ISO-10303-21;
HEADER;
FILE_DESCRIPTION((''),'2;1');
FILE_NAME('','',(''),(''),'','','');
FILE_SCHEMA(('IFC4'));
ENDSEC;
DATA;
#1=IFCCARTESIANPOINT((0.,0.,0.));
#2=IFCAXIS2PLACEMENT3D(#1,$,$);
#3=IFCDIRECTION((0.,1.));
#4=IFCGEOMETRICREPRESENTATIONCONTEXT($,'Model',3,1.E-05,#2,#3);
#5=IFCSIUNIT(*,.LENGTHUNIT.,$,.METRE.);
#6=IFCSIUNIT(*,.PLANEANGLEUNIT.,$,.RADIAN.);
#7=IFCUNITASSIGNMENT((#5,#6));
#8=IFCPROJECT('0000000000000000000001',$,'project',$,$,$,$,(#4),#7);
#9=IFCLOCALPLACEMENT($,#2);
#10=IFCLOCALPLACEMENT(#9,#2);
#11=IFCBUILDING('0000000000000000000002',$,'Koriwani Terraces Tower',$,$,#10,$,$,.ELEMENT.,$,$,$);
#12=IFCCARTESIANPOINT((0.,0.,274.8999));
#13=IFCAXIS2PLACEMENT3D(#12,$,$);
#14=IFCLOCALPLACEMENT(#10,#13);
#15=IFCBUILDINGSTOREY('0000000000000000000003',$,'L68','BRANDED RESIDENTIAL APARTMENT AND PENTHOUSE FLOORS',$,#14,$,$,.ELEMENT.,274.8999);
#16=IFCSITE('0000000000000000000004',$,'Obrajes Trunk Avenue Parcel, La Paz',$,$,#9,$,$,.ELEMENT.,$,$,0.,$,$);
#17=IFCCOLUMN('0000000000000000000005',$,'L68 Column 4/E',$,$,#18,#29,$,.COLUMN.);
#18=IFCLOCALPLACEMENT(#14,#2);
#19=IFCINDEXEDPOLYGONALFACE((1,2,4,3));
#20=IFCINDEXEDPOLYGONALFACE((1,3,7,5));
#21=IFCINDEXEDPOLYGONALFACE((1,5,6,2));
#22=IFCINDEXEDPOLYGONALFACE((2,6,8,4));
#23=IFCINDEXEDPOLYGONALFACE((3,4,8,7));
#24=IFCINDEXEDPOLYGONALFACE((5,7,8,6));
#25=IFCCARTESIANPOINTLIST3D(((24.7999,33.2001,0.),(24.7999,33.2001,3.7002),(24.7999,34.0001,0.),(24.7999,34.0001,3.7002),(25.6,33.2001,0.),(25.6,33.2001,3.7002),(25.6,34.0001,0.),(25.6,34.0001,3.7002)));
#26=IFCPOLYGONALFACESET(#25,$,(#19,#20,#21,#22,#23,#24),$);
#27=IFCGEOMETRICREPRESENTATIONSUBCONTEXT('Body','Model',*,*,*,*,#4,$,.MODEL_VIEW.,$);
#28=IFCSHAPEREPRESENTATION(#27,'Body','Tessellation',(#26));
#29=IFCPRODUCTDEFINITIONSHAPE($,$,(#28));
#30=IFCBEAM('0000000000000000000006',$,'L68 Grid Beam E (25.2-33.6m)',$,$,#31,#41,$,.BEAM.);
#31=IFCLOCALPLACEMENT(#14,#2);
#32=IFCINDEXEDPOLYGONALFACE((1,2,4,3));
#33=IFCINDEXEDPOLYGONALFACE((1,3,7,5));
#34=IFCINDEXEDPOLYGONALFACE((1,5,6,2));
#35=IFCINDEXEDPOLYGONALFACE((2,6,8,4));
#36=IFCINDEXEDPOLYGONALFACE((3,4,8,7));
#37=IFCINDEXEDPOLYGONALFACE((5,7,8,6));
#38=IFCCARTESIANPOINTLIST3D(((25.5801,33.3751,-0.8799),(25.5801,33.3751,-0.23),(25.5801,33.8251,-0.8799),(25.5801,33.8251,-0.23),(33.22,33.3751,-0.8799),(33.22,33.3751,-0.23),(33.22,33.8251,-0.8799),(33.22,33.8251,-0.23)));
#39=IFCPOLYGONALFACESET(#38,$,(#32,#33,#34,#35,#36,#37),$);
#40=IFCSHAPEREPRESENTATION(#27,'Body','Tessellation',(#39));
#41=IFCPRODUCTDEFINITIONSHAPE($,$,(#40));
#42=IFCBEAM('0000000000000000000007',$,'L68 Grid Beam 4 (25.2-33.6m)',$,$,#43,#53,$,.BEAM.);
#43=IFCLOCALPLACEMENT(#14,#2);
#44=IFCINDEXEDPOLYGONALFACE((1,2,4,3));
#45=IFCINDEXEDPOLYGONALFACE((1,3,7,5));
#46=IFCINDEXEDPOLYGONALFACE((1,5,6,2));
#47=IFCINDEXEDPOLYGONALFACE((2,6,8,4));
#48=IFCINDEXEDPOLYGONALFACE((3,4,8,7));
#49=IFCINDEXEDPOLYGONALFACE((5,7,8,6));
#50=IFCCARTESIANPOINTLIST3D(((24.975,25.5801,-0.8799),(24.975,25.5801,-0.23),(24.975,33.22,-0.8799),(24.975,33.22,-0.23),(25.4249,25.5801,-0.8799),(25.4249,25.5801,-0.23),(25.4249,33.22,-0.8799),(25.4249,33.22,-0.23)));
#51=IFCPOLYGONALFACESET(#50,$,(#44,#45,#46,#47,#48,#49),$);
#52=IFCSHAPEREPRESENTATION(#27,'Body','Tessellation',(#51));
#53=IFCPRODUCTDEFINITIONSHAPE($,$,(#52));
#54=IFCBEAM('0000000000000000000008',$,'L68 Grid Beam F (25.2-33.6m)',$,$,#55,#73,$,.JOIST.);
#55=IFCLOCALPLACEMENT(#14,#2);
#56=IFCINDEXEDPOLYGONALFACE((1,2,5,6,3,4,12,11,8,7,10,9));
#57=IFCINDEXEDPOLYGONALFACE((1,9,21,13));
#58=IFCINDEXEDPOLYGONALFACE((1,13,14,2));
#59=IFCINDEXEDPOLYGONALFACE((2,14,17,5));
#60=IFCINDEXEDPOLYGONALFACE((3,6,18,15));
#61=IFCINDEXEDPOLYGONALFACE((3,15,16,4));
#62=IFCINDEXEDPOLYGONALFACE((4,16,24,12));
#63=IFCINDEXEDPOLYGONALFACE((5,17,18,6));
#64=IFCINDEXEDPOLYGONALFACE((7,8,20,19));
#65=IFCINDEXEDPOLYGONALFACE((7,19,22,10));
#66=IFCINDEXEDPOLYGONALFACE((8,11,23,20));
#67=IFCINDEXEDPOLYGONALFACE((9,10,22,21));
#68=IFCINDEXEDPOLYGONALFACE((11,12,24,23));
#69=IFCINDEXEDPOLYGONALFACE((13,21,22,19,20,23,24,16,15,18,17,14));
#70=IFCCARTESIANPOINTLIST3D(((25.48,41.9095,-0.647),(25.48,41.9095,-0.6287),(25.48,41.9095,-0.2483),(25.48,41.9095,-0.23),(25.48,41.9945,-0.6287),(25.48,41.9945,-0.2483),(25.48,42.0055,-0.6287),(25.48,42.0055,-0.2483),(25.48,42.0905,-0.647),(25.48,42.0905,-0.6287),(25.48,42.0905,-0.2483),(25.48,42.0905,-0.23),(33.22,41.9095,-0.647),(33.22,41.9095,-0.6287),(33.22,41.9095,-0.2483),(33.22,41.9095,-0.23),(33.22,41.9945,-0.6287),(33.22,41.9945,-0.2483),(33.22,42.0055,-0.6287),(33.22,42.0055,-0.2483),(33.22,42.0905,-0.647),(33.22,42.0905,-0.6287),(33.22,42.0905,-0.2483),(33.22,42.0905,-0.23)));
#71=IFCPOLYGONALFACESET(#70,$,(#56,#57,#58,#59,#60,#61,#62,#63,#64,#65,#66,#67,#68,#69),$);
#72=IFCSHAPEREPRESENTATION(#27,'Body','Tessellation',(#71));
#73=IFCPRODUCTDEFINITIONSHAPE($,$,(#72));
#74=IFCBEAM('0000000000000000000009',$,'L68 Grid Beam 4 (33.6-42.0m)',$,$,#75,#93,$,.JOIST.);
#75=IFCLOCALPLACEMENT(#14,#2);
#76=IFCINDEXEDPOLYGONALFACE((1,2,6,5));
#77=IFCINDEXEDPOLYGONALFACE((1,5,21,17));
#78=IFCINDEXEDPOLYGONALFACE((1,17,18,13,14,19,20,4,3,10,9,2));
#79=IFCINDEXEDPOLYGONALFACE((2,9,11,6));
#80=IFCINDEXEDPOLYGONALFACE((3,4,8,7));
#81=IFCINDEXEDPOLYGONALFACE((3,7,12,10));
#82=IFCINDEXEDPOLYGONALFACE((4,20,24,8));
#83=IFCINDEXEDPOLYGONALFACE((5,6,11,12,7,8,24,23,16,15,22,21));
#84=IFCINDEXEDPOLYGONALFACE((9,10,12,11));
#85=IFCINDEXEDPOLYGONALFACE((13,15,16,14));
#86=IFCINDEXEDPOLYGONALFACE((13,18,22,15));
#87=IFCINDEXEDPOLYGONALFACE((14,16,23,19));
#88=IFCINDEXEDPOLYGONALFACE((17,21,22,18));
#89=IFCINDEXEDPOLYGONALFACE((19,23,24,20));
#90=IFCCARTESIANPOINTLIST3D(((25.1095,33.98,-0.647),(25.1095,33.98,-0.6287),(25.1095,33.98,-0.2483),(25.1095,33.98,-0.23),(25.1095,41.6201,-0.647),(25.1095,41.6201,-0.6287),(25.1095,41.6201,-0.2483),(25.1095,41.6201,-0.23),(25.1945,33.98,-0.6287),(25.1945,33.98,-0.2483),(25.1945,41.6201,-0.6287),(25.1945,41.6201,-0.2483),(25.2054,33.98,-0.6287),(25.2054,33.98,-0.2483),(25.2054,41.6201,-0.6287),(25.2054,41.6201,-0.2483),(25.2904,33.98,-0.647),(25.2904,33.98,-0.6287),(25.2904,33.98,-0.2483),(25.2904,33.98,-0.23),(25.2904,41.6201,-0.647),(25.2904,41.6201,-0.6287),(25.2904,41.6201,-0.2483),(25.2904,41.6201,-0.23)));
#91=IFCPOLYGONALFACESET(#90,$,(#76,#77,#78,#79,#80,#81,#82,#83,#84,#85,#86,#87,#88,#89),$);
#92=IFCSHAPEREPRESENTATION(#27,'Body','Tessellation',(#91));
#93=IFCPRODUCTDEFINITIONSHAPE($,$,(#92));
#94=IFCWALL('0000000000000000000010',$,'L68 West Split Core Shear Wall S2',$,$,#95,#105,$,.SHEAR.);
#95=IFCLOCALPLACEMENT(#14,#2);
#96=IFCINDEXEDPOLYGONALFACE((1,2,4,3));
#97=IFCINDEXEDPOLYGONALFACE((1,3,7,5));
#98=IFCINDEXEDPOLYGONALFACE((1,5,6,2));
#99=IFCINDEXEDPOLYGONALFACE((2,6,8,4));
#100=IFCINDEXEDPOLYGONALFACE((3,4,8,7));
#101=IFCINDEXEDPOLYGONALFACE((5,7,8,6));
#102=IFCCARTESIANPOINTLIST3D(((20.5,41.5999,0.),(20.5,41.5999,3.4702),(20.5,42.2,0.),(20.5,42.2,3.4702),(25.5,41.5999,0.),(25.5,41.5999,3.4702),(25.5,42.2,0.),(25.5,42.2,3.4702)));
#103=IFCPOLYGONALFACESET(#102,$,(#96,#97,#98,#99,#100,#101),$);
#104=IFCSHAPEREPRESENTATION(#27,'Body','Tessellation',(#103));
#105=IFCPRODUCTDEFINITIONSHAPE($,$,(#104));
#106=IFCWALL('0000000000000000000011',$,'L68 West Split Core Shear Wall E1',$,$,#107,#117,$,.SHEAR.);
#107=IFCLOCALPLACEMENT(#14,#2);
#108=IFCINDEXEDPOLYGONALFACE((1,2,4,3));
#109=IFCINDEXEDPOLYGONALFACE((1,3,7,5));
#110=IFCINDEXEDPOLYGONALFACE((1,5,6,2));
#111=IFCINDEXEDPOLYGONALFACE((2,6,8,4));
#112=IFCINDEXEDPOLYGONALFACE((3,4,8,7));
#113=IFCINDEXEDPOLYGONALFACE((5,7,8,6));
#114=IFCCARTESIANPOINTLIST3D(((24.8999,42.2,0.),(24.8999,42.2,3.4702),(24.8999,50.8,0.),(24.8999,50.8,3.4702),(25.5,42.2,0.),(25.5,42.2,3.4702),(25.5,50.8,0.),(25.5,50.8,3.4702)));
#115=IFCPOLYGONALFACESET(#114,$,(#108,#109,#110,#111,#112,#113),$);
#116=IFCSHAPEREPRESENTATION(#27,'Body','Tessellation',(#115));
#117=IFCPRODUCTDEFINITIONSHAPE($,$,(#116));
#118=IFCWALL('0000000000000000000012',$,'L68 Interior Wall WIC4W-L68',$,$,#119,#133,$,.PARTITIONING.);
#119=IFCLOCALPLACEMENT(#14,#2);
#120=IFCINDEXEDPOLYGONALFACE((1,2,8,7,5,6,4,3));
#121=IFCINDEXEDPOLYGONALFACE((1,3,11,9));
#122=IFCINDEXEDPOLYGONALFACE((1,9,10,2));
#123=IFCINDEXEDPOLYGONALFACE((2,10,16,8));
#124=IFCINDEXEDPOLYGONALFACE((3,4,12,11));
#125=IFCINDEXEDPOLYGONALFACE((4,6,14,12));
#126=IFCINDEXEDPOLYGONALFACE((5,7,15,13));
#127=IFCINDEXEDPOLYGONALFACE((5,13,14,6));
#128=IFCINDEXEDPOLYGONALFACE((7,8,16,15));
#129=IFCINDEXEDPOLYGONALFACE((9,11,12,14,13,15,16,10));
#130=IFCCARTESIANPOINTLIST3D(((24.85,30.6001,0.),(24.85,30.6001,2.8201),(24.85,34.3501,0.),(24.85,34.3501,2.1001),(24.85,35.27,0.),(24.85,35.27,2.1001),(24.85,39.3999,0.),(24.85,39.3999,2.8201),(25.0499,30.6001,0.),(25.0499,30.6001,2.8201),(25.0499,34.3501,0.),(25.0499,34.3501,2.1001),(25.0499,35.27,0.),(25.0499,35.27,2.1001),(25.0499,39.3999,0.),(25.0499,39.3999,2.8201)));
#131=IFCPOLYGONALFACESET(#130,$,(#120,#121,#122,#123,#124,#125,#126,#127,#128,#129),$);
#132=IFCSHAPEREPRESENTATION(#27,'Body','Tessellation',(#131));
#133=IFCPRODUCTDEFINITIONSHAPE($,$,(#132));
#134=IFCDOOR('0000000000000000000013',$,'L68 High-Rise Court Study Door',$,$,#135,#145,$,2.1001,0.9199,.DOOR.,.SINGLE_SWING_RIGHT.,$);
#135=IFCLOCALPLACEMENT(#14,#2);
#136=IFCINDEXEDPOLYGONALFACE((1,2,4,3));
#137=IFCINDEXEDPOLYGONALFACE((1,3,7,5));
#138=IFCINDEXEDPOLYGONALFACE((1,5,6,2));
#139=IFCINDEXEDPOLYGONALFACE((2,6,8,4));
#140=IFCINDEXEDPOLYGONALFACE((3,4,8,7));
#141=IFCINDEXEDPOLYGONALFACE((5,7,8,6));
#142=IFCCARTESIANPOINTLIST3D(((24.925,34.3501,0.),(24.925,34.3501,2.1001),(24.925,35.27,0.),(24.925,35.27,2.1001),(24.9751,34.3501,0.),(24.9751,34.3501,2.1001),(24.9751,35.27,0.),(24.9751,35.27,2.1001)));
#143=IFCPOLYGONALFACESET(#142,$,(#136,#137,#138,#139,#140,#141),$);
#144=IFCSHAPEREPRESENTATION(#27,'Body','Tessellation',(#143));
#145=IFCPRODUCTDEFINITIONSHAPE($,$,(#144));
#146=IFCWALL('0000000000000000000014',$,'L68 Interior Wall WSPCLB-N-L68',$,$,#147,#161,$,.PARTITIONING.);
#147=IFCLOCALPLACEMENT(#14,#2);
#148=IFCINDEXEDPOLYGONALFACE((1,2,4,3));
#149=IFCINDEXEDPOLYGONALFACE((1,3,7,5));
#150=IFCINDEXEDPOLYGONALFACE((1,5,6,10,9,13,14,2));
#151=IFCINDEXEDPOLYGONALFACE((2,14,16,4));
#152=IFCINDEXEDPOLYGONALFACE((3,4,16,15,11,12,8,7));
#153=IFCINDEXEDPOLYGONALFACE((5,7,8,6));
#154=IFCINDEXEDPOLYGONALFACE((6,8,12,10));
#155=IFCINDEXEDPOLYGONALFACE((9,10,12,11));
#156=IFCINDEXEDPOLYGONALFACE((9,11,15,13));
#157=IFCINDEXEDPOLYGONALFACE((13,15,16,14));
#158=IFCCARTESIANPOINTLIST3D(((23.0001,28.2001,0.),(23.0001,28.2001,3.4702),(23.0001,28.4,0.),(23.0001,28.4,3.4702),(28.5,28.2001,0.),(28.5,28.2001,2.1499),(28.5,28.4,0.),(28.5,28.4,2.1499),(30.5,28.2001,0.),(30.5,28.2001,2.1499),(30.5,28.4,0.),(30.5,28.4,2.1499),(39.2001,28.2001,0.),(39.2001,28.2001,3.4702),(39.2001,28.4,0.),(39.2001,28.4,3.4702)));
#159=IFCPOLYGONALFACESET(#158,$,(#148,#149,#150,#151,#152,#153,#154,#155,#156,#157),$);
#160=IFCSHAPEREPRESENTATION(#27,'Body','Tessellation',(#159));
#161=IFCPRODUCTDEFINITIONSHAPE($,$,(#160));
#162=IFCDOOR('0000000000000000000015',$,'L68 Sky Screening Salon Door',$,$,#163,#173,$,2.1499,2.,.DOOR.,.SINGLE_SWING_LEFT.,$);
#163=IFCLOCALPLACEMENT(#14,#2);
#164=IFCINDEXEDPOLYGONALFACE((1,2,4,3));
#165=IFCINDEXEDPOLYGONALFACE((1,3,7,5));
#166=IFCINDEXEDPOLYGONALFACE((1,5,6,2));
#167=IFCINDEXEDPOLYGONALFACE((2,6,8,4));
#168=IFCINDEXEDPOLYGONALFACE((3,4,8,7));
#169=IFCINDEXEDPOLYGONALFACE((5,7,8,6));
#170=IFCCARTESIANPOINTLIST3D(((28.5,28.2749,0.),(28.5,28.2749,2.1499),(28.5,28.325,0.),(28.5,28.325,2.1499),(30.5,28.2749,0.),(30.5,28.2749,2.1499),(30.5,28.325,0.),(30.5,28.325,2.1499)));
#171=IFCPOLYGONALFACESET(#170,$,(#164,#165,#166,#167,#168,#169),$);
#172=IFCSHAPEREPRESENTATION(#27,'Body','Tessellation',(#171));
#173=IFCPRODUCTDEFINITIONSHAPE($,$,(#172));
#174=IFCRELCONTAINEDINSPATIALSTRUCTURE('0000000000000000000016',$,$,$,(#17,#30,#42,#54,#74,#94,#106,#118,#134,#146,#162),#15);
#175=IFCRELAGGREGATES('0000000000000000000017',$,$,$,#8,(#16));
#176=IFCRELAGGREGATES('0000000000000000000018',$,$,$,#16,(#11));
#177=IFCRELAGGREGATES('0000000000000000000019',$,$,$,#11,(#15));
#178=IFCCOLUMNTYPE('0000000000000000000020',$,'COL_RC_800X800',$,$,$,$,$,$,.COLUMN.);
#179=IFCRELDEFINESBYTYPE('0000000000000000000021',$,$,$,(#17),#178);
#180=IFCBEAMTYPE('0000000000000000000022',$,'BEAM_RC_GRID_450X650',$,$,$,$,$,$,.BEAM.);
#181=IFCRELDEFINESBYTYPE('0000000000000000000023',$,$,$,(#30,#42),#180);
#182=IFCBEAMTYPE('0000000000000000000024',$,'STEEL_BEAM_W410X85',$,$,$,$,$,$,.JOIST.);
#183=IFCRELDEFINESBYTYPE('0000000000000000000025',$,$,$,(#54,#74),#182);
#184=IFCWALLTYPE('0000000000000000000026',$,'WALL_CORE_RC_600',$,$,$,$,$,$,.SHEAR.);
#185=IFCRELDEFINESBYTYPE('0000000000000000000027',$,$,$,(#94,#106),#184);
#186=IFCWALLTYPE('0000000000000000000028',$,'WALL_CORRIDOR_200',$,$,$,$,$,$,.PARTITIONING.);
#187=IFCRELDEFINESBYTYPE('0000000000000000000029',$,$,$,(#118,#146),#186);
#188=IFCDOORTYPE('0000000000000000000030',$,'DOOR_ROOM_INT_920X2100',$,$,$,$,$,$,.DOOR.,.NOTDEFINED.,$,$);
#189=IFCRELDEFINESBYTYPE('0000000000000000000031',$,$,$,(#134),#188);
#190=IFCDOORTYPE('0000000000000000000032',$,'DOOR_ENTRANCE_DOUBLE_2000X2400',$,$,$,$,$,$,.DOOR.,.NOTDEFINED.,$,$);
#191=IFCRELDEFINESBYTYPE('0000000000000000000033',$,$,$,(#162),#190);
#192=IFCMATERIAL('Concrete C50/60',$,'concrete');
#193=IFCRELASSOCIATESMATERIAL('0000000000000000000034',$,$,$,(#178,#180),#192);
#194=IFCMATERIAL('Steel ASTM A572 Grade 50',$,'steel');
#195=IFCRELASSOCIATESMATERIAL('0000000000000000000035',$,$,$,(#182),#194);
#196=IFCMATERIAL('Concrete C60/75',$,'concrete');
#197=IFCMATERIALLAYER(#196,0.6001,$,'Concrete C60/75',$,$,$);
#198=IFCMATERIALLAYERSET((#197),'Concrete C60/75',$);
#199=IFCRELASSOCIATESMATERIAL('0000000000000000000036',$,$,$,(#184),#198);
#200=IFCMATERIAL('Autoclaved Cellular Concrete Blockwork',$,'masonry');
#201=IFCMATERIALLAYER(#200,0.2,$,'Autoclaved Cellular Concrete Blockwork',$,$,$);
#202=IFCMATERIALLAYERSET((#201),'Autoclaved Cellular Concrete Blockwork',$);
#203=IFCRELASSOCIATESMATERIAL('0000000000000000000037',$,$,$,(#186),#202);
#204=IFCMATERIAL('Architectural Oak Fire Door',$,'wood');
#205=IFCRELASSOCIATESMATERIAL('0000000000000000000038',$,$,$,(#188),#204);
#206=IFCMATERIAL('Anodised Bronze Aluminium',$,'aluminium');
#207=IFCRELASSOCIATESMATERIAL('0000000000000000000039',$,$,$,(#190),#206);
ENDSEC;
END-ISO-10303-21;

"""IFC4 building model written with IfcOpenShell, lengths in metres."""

from ifc_helpers import new_model, si_unit, direction, frame, frame_2d, origin, origin_2d, place, context, subcontext, project, spatial, rectangle, i_section, extrude, material, layer, layer_set, material_profile, profile_set, type_object, element, fill, save


model = new_model("IFC4")

# Units and contexts
model_context = context("Model", 3, precision=1e-05, world=origin(), true_north=direction((0.0, 1.0)))
body_context = subcontext(model_context, "Body", "Model", "MODEL_VIEW")
ifc_project = project(units=[si_unit("LENGTHUNIT", "METRE"), si_unit("PLANEANGLEUNIT", "RADIAN")], contexts=[model_context])

# Site, building, storey
site_placement = place(None, origin())
site = spatial("IfcSite", under=ifc_project, at=site_placement, Name="Obrajes Trunk Avenue Parcel, La Paz", CompositionType="ELEMENT", RefElevation=0.0)
building_placement = place(site_placement, origin())
building = spatial("IfcBuilding", under=site, at=building_placement, Name="Koriwani Terraces Tower", CompositionType="ELEMENT")
storey_placement = place(building_placement, frame((0.0, 0.0, 274.8999)))
storey = spatial("IfcBuildingStorey", under=building, at=storey_placement, Name="L68", Description="BRANDED RESIDENTIAL APARTMENT AND PENTHOUSE FLOORS", CompositionType="ELEMENT", Elevation=274.8999)

# Column
ifc_material_1 = material(Name="Concrete C50/60", Category="concrete")
ifc_material_profile_1 = material_profile(ifc_material_1, rectangle(XDim=0.8, YDim=0.8, at=origin_2d()), Name="Concrete C50/60", Category="LoadBearing")
ifc_profile_set_1 = profile_set([ifc_material_profile_1], Name="Concrete C50/60")
column_type = type_object("IfcColumnType", Name="COL_RC_800X800", PredefinedType="COLUMN", material=ifc_profile_set_1)
column_placement = place(storey_placement, frame((25.2, 33.6001, 0.0), z_axis=(0.0, 0.0, 1.0), x_axis=(1.0, 0.0, 0.0)))
element("IfcColumn", 1, at=column_placement, inside=storey, type_object=column_type, Name="L68 Column 4/E", PredefinedType="COLUMN", context=body_context, shape_type="SweptSolid", body=[
    extrude(rectangle(XDim=0.8, YDim=0.8, at=origin_2d()), origin(), (0.0, 0.0, 1.0), 3.7002),
])

# Beams
ifc_material_profile_2 = material_profile(ifc_material_1, rectangle(XDim=0.45, YDim=0.6499, at=origin_2d()), Name="Concrete C50/60", Category="LoadBearing")
ifc_profile_set_2 = profile_set([ifc_material_profile_2], Name="Concrete C50/60")
beam_type_1 = type_object("IfcBeamType", Name="BEAM_RC_GRID_450X650", PredefinedType="BEAM", material=ifc_profile_set_2)
for number, where, z_axis, x_axis, name in (
    (2, (25.5801, 33.6001, -0.5549), (1.0, 0.0, 0.0), (0.0, 1.0, 0.0), "L68 Grid Beam E (25.2-33.6m)"),
    (3, (25.2, 25.5801, -0.5549), (0.0, 1.0, 0.0), (-1.0, 0.0, 0.0), "L68 Grid Beam 4 (25.2-33.6m)"),
):
    element("IfcBeam", number, at=place(storey_placement, frame(where, z_axis=z_axis, x_axis=x_axis)), inside=storey, type_object=beam_type_1, Name=name, PredefinedType="BEAM", context=body_context, shape_type="SweptSolid", body=[
        extrude(rectangle(XDim=0.45, YDim=0.6499, at=origin_2d()), origin(), (0.0, 0.0, 1.0), 7.6399),
    ])
ifc_material_2 = material(Name="Steel ASTM A572 Grade 50", Category="steel")
ifc_material_profile_3 = material_profile(ifc_material_2, i_section(OverallWidth=0.1809, OverallDepth=0.417, WebThickness=0.011, FlangeThickness=0.0183, at=origin_2d()), Name="Steel ASTM A572 Grade 50", Category="LoadBearing")
ifc_profile_set_3 = profile_set([ifc_material_profile_3], Name="Steel ASTM A572 Grade 50")
beam_type_2 = type_object("IfcBeamType", Name="STEEL_BEAM_W410X85", PredefinedType="JOIST", material=ifc_profile_set_3)
beam_1_placement = place(storey_placement, frame((25.48, 42.0, -0.4385), z_axis=(1.0, 0.0, 0.0), x_axis=(0.0, 1.0, 0.0)))
element("IfcBeam", 4, at=beam_1_placement, inside=storey, type_object=beam_type_2, Name="L68 Grid Beam F (25.2-33.6m)", PredefinedType="JOIST", context=body_context, shape_type="SweptSolid", body=[
    extrude(i_section(OverallWidth=0.1809, OverallDepth=0.417, WebThickness=0.011, FlangeThickness=0.0183, at=origin_2d()), origin(), (0.0, 0.0, 1.0), 7.74),
])
beam_2_placement = place(storey_placement, frame((25.2, 33.98, -0.4385), z_axis=(0.0, 1.0, 0.0), x_axis=(-1.0, 0.0, 0.0)))
element("IfcBeam", 5, at=beam_2_placement, inside=storey, type_object=beam_type_2, Name="L68 Grid Beam 4 (33.6-42.0m)", PredefinedType="JOIST", context=body_context, shape_type="SweptSolid", body=[
    extrude(i_section(OverallWidth=0.1809, OverallDepth=0.417, WebThickness=0.011, FlangeThickness=0.0183, at=origin_2d()), origin(), (0.0, 0.0, 1.0), 7.6401),
])

# Walls
ifc_material_3 = material(Name="Concrete C60/75", Category="concrete")
ifc_layer_1 = layer(ifc_material_3, 0.6001, Name="Concrete C60/75")
ifc_layer_set_1 = layer_set([ifc_layer_1], Name="Concrete C60/75")
wall_type_1 = type_object("IfcWallType", Name="WALL_CORE_RC_600", PredefinedType="SHEAR", material=ifc_layer_set_1)
wall_1_placement = place(storey_placement, frame((20.5, 41.8999, 0.0), z_axis=(0.0, 0.0, 1.0), x_axis=(1.0, 0.0, 0.0)))
element("IfcWall", 6, at=wall_1_placement, inside=storey, type_object=wall_type_1, Name="L68 West Split Core Shear Wall S2", PredefinedType="SHEAR", context=body_context, shape_type="SweptSolid", body=[
    extrude(rectangle(XDim=5.0, YDim=0.6001, at=frame_2d((2.5, 0.0))), origin(), (0.0, 0.0, 1.0), 3.4702),
])
wall_2_placement = place(storey_placement, frame((25.2, 42.2, 0.0), z_axis=(0.0, 0.0, 1.0), x_axis=(0.0, 1.0, 0.0)))
element("IfcWall", 7, at=wall_2_placement, inside=storey, type_object=wall_type_1, Name="L68 West Split Core Shear Wall E1", PredefinedType="SHEAR", context=body_context, shape_type="SweptSolid", body=[
    extrude(rectangle(XDim=8.6001, YDim=0.6001, at=frame_2d((4.3, 0.0))), origin(), (0.0, 0.0, 1.0), 3.4702),
])

# Walls, openings, doors
ifc_material_4 = material(Name="Autoclaved Cellular Concrete Blockwork", Category="masonry")
ifc_layer_2 = layer(ifc_material_4, 0.2, Name="Autoclaved Cellular Concrete Blockwork")
ifc_layer_set_2 = layer_set([ifc_layer_2], Name="Autoclaved Cellular Concrete Blockwork")
wall_type_2 = type_object("IfcWallType", Name="WALL_CORRIDOR_200", PredefinedType="PARTITIONING", material=ifc_layer_set_2)
wall_3_placement = place(storey_placement, frame((24.95, 30.6001, 0.0), z_axis=(0.0, 0.0, 1.0), x_axis=(0.0, 1.0, 0.0)))
wall_3 = element("IfcWall", 8, at=wall_3_placement, inside=storey, type_object=wall_type_2, Name="L68 Interior Wall WIC4W-L68", PredefinedType="PARTITIONING", context=body_context, shape_type="SweptSolid", body=[
    extrude(rectangle(XDim=8.7998, YDim=0.2, at=frame_2d((4.3999, 0.0))), origin(), (0.0, 0.0, 1.0), 2.8201),
])
opening_1_placement = place(wall_3_placement, frame((3.75, 0.0, 0.0)))
opening_1 = element("IfcOpeningElement", 9, at=opening_1_placement, cuts=wall_3, PredefinedType="OPENING", context=body_context, shape_type="SweptSolid", body=[
    extrude(rectangle(XDim=0.9199, YDim=2.1001, at=frame_2d((0.46, 1.05))), frame((0.0, 0.1099, 0.0), z_axis=(0.0, -1.0, 0.0), x_axis=(1.0, 0.0, 0.0)), (0.0, 0.0, 1.0), 0.22),
])
ifc_material_5 = material(Name="Architectural Oak Fire Door", Category="wood")
door_type_1 = type_object("IfcDoorType", Name="DOOR_ROOM_INT_920X2100", OperationType="NOTDEFINED", PredefinedType="DOOR", material=ifc_material_5)
door_1_placement = place(opening_1_placement, origin())
door_1 = element("IfcDoor", 10, at=door_1_placement, inside=storey, type_object=door_type_1, Name="L68 High-Rise Court Study Door", OperationType="SINGLE_SWING_RIGHT", OverallHeight=2.1001, OverallWidth=0.9199, PredefinedType="DOOR", context=body_context, shape_type="SweptSolid", body=[
    extrude(rectangle(XDim=0.9199, YDim=2.1001, at=frame_2d((0.46, 1.05))), frame((0.0, 0.0249, 0.0), z_axis=(0.0, -1.0, 0.0), x_axis=(1.0, 0.0, 0.0)), (0.0, 0.0, 1.0), 0.05),
])
fill(opening_1, door_1)
wall_4_placement = place(storey_placement, frame((23.0, 28.3, 0.0), z_axis=(0.0, 0.0, 1.0), x_axis=(1.0, 0.0, 0.0)))
wall_4 = element("IfcWall", 11, at=wall_4_placement, inside=storey, type_object=wall_type_2, Name="L68 Interior Wall WSPCLB-N-L68", PredefinedType="PARTITIONING", context=body_context, shape_type="SweptSolid", body=[
    extrude(rectangle(XDim=16.2, YDim=0.2, at=frame_2d((8.1001, 0.0))), origin(), (0.0, 0.0, 1.0), 3.4702),
])
opening_2_placement = place(wall_4_placement, frame((5.5, 0.0, 0.0)))
opening_2 = element("IfcOpeningElement", 12, at=opening_2_placement, cuts=wall_4, PredefinedType="OPENING", context=body_context, shape_type="SweptSolid", body=[
    extrude(rectangle(XDim=2.0, YDim=2.1499, at=frame_2d((1.0, 1.075))), frame((0.0, 0.1099, 0.0), z_axis=(0.0, -1.0, 0.0), x_axis=(1.0, 0.0, 0.0)), (0.0, 0.0, 1.0), 0.22),
])
ifc_material_6 = material(Name="Anodised Bronze Aluminium", Category="aluminium")
door_type_2 = type_object("IfcDoorType", Name="DOOR_ENTRANCE_DOUBLE_2000X2400", OperationType="NOTDEFINED", PredefinedType="DOOR", material=ifc_material_6)
door_2_placement = place(opening_2_placement, origin())
door_2 = element("IfcDoor", 13, at=door_2_placement, inside=storey, type_object=door_type_2, Name="L68 Sky Screening Salon Door", OperationType="SINGLE_SWING_LEFT", OverallHeight=2.1499, OverallWidth=2.0, PredefinedType="DOOR", context=body_context, shape_type="SweptSolid", body=[
    extrude(rectangle(XDim=2.0, YDim=2.1499, at=frame_2d((1.0, 1.075))), frame((0.0, 0.0249, 0.0), z_axis=(0.0, -1.0, 0.0), x_axis=(1.0, 0.0, 0.0)), (0.0, 0.0, 1.0), 0.05),
])
fill(opening_2, door_2)

save(model, "model.ifc")
